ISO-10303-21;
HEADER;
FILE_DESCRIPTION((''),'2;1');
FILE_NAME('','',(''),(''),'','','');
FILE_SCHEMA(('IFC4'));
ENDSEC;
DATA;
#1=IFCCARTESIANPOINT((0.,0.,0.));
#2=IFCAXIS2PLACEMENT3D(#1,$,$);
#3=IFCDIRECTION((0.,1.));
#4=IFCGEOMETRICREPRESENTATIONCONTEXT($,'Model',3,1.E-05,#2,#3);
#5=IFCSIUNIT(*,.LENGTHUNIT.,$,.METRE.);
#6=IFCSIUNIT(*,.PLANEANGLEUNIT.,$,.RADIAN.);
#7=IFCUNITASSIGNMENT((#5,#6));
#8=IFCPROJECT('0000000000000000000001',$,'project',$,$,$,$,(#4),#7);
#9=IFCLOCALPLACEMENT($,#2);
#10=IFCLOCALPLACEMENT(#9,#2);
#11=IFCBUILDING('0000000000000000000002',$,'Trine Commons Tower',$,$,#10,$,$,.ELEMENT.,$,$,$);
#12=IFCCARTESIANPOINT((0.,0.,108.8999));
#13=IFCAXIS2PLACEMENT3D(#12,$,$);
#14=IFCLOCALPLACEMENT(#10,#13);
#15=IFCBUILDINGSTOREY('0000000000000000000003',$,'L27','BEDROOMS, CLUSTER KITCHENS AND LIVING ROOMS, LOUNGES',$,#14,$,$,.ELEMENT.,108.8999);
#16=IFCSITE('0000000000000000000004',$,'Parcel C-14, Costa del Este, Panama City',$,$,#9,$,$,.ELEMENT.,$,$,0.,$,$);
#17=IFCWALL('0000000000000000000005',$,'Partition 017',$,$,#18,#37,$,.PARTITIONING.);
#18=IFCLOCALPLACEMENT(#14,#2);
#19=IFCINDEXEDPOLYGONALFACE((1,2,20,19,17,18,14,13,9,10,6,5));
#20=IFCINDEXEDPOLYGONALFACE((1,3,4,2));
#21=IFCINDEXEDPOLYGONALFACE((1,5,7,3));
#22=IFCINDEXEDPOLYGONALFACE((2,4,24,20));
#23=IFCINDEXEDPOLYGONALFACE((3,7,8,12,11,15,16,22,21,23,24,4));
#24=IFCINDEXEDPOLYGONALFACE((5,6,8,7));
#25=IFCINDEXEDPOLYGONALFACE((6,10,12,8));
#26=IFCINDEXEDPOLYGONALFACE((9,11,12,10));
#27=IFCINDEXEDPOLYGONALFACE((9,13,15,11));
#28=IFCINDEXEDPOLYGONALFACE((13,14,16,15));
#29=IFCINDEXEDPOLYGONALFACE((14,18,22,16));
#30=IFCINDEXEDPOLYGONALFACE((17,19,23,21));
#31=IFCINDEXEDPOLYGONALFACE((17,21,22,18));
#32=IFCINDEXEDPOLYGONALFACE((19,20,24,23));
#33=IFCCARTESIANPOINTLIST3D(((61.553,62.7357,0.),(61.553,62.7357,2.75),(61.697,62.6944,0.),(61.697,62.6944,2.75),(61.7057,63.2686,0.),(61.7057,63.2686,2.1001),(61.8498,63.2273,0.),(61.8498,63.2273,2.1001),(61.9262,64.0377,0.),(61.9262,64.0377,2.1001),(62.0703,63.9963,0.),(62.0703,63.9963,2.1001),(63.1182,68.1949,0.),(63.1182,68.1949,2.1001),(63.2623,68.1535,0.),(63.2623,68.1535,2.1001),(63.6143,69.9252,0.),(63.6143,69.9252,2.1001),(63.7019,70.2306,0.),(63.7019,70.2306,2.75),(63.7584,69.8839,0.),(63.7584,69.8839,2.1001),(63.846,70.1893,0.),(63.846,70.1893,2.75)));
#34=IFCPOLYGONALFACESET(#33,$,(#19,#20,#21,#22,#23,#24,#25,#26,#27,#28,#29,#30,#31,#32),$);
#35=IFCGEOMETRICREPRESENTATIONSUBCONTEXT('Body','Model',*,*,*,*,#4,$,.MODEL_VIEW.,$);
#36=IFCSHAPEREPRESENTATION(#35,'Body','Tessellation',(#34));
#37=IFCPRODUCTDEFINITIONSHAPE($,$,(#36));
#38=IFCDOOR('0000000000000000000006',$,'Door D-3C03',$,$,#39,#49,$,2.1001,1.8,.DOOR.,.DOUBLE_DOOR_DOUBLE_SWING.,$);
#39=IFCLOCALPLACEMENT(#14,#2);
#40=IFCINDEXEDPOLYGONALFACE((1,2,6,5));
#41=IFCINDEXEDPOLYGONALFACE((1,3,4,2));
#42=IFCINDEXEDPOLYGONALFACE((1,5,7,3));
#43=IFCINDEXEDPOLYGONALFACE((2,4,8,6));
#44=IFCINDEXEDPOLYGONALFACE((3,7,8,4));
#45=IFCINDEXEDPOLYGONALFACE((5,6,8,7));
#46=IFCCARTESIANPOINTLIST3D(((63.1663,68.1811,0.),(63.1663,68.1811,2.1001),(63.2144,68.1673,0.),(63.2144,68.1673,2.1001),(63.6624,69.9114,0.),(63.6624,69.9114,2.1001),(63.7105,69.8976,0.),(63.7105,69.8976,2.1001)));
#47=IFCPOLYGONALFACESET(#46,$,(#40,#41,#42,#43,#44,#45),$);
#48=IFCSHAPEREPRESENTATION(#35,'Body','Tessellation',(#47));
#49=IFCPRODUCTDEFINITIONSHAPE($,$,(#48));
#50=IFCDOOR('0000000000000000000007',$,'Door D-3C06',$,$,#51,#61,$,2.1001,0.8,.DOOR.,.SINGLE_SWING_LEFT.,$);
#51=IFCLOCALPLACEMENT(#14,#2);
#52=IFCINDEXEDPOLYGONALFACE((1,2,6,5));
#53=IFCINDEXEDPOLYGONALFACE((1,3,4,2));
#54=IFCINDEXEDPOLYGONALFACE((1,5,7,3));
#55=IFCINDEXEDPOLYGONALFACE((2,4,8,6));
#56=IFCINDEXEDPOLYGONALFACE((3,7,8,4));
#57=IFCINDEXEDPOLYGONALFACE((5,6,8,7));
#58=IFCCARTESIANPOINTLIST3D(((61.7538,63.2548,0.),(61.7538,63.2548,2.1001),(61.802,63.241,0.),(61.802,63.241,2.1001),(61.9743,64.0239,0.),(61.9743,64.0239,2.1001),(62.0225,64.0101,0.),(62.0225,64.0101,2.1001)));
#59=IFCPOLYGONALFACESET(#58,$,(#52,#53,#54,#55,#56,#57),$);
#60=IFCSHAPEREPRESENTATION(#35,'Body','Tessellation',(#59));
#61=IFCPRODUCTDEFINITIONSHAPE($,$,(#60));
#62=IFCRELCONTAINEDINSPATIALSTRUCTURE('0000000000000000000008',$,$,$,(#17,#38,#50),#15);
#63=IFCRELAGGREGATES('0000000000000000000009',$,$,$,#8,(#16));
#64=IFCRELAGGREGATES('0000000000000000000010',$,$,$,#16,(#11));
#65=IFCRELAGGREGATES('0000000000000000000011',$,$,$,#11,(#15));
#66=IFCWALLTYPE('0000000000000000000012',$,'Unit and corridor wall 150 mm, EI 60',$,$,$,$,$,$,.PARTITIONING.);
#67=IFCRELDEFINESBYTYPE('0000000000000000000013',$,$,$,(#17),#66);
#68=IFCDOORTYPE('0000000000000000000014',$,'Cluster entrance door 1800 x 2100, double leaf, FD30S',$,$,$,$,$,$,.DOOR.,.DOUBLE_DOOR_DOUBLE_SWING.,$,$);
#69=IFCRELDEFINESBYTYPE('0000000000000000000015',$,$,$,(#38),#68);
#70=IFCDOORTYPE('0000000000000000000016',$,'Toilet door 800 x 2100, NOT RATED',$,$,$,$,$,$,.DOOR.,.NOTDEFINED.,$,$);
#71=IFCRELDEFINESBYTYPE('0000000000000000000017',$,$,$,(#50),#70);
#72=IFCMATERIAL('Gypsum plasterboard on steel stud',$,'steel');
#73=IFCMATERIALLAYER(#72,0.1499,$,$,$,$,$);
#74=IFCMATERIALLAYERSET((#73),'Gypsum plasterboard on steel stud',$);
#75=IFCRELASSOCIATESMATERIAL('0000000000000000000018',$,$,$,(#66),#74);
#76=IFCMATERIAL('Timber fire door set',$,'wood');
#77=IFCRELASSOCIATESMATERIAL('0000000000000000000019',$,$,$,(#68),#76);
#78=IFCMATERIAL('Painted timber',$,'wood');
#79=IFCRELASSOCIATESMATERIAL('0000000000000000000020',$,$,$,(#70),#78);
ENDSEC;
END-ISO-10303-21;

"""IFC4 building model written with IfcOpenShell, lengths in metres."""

from ifc_helpers import new_model, si_unit, direction, frame, frame_2d, origin, place, context, subcontext, project, spatial, rectangle, extrude, material, layer, layer_set, type_object, element, fill, save


model = new_model("IFC4")

# Units and contexts
model_context = context("Model", 3, precision=1e-05, world=origin(), true_north=direction((0.0, 1.0)))
body_context = subcontext(model_context, "Body", "Model", "MODEL_VIEW")
ifc_project = project(units=[si_unit("LENGTHUNIT", "METRE"), si_unit("PLANEANGLEUNIT", "RADIAN")], contexts=[model_context])

# Site, building, storey
site_placement = place(None, origin())
site = spatial("IfcSite", under=ifc_project, at=site_placement, Name="Parcel C-14, Costa del Este, Panama City", CompositionType="ELEMENT", RefElevation=0.0)
building_placement = place(site_placement, origin())
building = spatial("IfcBuilding", under=site, at=building_placement, Name="Trine Commons Tower", CompositionType="ELEMENT")
storey_placement = place(building_placement, frame((0.0, 0.0, 108.8999)))
storey = spatial("IfcBuildingStorey", under=building, at=storey_placement, Name="L27", Description="BEDROOMS, CLUSTER KITCHENS AND LIVING ROOMS, LOUNGES", CompositionType="ELEMENT", Elevation=108.8999)

# Shared definitions
ifc_material_1 = material(Name="Gypsum plasterboard on steel stud", Category="steel")
ifc_layer_1 = layer(ifc_material_1, 0.1499)
ifc_layer_set_1 = layer_set([ifc_layer_1], Name="Gypsum plasterboard on steel stud")
wall_type_1 = type_object("IfcWallType", Name="Unit and corridor wall 150 mm, EI 60", PredefinedType="PARTITIONING", material=ifc_layer_set_1)

# Wall, openings, doors
wall_1_placement = place(storey_placement, frame((61.625, 62.7151, 0.0), z_axis=(0.0, 0.0, 1.0), x_axis=(0.275614, 0.961268, 0.0)))
wall_1 = element("IfcWall", 1, at=wall_1_placement, inside=storey, type_object=wall_type_1, Name="Partition 017", PredefinedType="PARTITIONING", context=body_context, shape_type="SweptSolid", body=[
    extrude(rectangle(XDim=7.7969, YDim=0.1499, at=frame_2d((3.8984, 0.0))), origin(), (0.0, 0.0, 1.0), 2.75),
])
opening_1_placement = place(wall_1_placement, frame((5.6792, 0.0, 0.0)))
opening_1 = element("IfcOpeningElement", 2, at=opening_1_placement, cuts=wall_1, PredefinedType="OPENING", context=body_context, shape_type="SweptSolid", body=[
    extrude(rectangle(XDim=1.8, YDim=2.1001, at=frame_2d((0.8999, 1.05))), frame((0.0, 0.085, 0.0), z_axis=(0.0, -1.0, 0.0), x_axis=(1.0, 0.0, 0.0)), (0.0, 0.0, 1.0), 0.1699),
])
opening_2_placement = place(wall_1_placement, frame((0.5544, 0.0, 0.0)))
opening_2 = element("IfcOpeningElement", 3, at=opening_2_placement, cuts=wall_1, PredefinedType="OPENING", context=body_context, shape_type="SweptSolid", body=[
    extrude(rectangle(XDim=0.8, YDim=2.1001, at=frame_2d((0.3999, 1.05))), frame((0.0, 0.085, 0.0), z_axis=(0.0, -1.0, 0.0), x_axis=(1.0, 0.0, 0.0)), (0.0, 0.0, 1.0), 0.1699),
])
ifc_material_2 = material(Name="Timber fire door set", Category="wood")
door_type_1 = type_object("IfcDoorType", Name="Cluster entrance door 1800 x 2100, double leaf, FD30S", OperationType="DOUBLE_DOOR_DOUBLE_SWING", PredefinedType="DOOR", material=ifc_material_2)
door_1_placement = place(opening_1_placement, origin())
door_1 = element("IfcDoor", 4, at=door_1_placement, inside=storey, type_object=door_type_1, Name="Door D-3C03", OperationType="DOUBLE_DOOR_DOUBLE_SWING", OverallHeight=2.1001, OverallWidth=1.8, PredefinedType="DOOR", context=body_context, shape_type="SweptSolid", body=[
    extrude(rectangle(XDim=1.8, YDim=2.1001, at=frame_2d((0.8999, 1.05))), frame((0.0, 0.0249, 0.0), z_axis=(0.0, -1.0, 0.0), x_axis=(1.0, 0.0, 0.0)), (0.0, 0.0, 1.0), 0.05),
])
fill(opening_1, door_1)
ifc_material_3 = material(Name="Painted timber", Category="wood")
door_type_2 = type_object("IfcDoorType", Name="Toilet door 800 x 2100, NOT RATED", OperationType="NOTDEFINED", PredefinedType="DOOR", material=ifc_material_3)
door_2_placement = place(opening_2_placement, origin())
door_2 = element("IfcDoor", 5, at=door_2_placement, inside=storey, type_object=door_type_2, Name="Door D-3C06", OperationType="SINGLE_SWING_LEFT", OverallHeight=2.1001, OverallWidth=0.8, PredefinedType="DOOR", context=body_context, shape_type="SweptSolid", body=[
    extrude(rectangle(XDim=0.8, YDim=2.1001, at=frame_2d((0.3999, 1.05))), frame((0.0, 0.0249, 0.0), z_axis=(0.0, -1.0, 0.0), x_axis=(1.0, 0.0, 0.0)), (0.0, 0.0, 1.0), 0.05),
])
fill(opening_2, door_2)

save(model, "model.ifc")
